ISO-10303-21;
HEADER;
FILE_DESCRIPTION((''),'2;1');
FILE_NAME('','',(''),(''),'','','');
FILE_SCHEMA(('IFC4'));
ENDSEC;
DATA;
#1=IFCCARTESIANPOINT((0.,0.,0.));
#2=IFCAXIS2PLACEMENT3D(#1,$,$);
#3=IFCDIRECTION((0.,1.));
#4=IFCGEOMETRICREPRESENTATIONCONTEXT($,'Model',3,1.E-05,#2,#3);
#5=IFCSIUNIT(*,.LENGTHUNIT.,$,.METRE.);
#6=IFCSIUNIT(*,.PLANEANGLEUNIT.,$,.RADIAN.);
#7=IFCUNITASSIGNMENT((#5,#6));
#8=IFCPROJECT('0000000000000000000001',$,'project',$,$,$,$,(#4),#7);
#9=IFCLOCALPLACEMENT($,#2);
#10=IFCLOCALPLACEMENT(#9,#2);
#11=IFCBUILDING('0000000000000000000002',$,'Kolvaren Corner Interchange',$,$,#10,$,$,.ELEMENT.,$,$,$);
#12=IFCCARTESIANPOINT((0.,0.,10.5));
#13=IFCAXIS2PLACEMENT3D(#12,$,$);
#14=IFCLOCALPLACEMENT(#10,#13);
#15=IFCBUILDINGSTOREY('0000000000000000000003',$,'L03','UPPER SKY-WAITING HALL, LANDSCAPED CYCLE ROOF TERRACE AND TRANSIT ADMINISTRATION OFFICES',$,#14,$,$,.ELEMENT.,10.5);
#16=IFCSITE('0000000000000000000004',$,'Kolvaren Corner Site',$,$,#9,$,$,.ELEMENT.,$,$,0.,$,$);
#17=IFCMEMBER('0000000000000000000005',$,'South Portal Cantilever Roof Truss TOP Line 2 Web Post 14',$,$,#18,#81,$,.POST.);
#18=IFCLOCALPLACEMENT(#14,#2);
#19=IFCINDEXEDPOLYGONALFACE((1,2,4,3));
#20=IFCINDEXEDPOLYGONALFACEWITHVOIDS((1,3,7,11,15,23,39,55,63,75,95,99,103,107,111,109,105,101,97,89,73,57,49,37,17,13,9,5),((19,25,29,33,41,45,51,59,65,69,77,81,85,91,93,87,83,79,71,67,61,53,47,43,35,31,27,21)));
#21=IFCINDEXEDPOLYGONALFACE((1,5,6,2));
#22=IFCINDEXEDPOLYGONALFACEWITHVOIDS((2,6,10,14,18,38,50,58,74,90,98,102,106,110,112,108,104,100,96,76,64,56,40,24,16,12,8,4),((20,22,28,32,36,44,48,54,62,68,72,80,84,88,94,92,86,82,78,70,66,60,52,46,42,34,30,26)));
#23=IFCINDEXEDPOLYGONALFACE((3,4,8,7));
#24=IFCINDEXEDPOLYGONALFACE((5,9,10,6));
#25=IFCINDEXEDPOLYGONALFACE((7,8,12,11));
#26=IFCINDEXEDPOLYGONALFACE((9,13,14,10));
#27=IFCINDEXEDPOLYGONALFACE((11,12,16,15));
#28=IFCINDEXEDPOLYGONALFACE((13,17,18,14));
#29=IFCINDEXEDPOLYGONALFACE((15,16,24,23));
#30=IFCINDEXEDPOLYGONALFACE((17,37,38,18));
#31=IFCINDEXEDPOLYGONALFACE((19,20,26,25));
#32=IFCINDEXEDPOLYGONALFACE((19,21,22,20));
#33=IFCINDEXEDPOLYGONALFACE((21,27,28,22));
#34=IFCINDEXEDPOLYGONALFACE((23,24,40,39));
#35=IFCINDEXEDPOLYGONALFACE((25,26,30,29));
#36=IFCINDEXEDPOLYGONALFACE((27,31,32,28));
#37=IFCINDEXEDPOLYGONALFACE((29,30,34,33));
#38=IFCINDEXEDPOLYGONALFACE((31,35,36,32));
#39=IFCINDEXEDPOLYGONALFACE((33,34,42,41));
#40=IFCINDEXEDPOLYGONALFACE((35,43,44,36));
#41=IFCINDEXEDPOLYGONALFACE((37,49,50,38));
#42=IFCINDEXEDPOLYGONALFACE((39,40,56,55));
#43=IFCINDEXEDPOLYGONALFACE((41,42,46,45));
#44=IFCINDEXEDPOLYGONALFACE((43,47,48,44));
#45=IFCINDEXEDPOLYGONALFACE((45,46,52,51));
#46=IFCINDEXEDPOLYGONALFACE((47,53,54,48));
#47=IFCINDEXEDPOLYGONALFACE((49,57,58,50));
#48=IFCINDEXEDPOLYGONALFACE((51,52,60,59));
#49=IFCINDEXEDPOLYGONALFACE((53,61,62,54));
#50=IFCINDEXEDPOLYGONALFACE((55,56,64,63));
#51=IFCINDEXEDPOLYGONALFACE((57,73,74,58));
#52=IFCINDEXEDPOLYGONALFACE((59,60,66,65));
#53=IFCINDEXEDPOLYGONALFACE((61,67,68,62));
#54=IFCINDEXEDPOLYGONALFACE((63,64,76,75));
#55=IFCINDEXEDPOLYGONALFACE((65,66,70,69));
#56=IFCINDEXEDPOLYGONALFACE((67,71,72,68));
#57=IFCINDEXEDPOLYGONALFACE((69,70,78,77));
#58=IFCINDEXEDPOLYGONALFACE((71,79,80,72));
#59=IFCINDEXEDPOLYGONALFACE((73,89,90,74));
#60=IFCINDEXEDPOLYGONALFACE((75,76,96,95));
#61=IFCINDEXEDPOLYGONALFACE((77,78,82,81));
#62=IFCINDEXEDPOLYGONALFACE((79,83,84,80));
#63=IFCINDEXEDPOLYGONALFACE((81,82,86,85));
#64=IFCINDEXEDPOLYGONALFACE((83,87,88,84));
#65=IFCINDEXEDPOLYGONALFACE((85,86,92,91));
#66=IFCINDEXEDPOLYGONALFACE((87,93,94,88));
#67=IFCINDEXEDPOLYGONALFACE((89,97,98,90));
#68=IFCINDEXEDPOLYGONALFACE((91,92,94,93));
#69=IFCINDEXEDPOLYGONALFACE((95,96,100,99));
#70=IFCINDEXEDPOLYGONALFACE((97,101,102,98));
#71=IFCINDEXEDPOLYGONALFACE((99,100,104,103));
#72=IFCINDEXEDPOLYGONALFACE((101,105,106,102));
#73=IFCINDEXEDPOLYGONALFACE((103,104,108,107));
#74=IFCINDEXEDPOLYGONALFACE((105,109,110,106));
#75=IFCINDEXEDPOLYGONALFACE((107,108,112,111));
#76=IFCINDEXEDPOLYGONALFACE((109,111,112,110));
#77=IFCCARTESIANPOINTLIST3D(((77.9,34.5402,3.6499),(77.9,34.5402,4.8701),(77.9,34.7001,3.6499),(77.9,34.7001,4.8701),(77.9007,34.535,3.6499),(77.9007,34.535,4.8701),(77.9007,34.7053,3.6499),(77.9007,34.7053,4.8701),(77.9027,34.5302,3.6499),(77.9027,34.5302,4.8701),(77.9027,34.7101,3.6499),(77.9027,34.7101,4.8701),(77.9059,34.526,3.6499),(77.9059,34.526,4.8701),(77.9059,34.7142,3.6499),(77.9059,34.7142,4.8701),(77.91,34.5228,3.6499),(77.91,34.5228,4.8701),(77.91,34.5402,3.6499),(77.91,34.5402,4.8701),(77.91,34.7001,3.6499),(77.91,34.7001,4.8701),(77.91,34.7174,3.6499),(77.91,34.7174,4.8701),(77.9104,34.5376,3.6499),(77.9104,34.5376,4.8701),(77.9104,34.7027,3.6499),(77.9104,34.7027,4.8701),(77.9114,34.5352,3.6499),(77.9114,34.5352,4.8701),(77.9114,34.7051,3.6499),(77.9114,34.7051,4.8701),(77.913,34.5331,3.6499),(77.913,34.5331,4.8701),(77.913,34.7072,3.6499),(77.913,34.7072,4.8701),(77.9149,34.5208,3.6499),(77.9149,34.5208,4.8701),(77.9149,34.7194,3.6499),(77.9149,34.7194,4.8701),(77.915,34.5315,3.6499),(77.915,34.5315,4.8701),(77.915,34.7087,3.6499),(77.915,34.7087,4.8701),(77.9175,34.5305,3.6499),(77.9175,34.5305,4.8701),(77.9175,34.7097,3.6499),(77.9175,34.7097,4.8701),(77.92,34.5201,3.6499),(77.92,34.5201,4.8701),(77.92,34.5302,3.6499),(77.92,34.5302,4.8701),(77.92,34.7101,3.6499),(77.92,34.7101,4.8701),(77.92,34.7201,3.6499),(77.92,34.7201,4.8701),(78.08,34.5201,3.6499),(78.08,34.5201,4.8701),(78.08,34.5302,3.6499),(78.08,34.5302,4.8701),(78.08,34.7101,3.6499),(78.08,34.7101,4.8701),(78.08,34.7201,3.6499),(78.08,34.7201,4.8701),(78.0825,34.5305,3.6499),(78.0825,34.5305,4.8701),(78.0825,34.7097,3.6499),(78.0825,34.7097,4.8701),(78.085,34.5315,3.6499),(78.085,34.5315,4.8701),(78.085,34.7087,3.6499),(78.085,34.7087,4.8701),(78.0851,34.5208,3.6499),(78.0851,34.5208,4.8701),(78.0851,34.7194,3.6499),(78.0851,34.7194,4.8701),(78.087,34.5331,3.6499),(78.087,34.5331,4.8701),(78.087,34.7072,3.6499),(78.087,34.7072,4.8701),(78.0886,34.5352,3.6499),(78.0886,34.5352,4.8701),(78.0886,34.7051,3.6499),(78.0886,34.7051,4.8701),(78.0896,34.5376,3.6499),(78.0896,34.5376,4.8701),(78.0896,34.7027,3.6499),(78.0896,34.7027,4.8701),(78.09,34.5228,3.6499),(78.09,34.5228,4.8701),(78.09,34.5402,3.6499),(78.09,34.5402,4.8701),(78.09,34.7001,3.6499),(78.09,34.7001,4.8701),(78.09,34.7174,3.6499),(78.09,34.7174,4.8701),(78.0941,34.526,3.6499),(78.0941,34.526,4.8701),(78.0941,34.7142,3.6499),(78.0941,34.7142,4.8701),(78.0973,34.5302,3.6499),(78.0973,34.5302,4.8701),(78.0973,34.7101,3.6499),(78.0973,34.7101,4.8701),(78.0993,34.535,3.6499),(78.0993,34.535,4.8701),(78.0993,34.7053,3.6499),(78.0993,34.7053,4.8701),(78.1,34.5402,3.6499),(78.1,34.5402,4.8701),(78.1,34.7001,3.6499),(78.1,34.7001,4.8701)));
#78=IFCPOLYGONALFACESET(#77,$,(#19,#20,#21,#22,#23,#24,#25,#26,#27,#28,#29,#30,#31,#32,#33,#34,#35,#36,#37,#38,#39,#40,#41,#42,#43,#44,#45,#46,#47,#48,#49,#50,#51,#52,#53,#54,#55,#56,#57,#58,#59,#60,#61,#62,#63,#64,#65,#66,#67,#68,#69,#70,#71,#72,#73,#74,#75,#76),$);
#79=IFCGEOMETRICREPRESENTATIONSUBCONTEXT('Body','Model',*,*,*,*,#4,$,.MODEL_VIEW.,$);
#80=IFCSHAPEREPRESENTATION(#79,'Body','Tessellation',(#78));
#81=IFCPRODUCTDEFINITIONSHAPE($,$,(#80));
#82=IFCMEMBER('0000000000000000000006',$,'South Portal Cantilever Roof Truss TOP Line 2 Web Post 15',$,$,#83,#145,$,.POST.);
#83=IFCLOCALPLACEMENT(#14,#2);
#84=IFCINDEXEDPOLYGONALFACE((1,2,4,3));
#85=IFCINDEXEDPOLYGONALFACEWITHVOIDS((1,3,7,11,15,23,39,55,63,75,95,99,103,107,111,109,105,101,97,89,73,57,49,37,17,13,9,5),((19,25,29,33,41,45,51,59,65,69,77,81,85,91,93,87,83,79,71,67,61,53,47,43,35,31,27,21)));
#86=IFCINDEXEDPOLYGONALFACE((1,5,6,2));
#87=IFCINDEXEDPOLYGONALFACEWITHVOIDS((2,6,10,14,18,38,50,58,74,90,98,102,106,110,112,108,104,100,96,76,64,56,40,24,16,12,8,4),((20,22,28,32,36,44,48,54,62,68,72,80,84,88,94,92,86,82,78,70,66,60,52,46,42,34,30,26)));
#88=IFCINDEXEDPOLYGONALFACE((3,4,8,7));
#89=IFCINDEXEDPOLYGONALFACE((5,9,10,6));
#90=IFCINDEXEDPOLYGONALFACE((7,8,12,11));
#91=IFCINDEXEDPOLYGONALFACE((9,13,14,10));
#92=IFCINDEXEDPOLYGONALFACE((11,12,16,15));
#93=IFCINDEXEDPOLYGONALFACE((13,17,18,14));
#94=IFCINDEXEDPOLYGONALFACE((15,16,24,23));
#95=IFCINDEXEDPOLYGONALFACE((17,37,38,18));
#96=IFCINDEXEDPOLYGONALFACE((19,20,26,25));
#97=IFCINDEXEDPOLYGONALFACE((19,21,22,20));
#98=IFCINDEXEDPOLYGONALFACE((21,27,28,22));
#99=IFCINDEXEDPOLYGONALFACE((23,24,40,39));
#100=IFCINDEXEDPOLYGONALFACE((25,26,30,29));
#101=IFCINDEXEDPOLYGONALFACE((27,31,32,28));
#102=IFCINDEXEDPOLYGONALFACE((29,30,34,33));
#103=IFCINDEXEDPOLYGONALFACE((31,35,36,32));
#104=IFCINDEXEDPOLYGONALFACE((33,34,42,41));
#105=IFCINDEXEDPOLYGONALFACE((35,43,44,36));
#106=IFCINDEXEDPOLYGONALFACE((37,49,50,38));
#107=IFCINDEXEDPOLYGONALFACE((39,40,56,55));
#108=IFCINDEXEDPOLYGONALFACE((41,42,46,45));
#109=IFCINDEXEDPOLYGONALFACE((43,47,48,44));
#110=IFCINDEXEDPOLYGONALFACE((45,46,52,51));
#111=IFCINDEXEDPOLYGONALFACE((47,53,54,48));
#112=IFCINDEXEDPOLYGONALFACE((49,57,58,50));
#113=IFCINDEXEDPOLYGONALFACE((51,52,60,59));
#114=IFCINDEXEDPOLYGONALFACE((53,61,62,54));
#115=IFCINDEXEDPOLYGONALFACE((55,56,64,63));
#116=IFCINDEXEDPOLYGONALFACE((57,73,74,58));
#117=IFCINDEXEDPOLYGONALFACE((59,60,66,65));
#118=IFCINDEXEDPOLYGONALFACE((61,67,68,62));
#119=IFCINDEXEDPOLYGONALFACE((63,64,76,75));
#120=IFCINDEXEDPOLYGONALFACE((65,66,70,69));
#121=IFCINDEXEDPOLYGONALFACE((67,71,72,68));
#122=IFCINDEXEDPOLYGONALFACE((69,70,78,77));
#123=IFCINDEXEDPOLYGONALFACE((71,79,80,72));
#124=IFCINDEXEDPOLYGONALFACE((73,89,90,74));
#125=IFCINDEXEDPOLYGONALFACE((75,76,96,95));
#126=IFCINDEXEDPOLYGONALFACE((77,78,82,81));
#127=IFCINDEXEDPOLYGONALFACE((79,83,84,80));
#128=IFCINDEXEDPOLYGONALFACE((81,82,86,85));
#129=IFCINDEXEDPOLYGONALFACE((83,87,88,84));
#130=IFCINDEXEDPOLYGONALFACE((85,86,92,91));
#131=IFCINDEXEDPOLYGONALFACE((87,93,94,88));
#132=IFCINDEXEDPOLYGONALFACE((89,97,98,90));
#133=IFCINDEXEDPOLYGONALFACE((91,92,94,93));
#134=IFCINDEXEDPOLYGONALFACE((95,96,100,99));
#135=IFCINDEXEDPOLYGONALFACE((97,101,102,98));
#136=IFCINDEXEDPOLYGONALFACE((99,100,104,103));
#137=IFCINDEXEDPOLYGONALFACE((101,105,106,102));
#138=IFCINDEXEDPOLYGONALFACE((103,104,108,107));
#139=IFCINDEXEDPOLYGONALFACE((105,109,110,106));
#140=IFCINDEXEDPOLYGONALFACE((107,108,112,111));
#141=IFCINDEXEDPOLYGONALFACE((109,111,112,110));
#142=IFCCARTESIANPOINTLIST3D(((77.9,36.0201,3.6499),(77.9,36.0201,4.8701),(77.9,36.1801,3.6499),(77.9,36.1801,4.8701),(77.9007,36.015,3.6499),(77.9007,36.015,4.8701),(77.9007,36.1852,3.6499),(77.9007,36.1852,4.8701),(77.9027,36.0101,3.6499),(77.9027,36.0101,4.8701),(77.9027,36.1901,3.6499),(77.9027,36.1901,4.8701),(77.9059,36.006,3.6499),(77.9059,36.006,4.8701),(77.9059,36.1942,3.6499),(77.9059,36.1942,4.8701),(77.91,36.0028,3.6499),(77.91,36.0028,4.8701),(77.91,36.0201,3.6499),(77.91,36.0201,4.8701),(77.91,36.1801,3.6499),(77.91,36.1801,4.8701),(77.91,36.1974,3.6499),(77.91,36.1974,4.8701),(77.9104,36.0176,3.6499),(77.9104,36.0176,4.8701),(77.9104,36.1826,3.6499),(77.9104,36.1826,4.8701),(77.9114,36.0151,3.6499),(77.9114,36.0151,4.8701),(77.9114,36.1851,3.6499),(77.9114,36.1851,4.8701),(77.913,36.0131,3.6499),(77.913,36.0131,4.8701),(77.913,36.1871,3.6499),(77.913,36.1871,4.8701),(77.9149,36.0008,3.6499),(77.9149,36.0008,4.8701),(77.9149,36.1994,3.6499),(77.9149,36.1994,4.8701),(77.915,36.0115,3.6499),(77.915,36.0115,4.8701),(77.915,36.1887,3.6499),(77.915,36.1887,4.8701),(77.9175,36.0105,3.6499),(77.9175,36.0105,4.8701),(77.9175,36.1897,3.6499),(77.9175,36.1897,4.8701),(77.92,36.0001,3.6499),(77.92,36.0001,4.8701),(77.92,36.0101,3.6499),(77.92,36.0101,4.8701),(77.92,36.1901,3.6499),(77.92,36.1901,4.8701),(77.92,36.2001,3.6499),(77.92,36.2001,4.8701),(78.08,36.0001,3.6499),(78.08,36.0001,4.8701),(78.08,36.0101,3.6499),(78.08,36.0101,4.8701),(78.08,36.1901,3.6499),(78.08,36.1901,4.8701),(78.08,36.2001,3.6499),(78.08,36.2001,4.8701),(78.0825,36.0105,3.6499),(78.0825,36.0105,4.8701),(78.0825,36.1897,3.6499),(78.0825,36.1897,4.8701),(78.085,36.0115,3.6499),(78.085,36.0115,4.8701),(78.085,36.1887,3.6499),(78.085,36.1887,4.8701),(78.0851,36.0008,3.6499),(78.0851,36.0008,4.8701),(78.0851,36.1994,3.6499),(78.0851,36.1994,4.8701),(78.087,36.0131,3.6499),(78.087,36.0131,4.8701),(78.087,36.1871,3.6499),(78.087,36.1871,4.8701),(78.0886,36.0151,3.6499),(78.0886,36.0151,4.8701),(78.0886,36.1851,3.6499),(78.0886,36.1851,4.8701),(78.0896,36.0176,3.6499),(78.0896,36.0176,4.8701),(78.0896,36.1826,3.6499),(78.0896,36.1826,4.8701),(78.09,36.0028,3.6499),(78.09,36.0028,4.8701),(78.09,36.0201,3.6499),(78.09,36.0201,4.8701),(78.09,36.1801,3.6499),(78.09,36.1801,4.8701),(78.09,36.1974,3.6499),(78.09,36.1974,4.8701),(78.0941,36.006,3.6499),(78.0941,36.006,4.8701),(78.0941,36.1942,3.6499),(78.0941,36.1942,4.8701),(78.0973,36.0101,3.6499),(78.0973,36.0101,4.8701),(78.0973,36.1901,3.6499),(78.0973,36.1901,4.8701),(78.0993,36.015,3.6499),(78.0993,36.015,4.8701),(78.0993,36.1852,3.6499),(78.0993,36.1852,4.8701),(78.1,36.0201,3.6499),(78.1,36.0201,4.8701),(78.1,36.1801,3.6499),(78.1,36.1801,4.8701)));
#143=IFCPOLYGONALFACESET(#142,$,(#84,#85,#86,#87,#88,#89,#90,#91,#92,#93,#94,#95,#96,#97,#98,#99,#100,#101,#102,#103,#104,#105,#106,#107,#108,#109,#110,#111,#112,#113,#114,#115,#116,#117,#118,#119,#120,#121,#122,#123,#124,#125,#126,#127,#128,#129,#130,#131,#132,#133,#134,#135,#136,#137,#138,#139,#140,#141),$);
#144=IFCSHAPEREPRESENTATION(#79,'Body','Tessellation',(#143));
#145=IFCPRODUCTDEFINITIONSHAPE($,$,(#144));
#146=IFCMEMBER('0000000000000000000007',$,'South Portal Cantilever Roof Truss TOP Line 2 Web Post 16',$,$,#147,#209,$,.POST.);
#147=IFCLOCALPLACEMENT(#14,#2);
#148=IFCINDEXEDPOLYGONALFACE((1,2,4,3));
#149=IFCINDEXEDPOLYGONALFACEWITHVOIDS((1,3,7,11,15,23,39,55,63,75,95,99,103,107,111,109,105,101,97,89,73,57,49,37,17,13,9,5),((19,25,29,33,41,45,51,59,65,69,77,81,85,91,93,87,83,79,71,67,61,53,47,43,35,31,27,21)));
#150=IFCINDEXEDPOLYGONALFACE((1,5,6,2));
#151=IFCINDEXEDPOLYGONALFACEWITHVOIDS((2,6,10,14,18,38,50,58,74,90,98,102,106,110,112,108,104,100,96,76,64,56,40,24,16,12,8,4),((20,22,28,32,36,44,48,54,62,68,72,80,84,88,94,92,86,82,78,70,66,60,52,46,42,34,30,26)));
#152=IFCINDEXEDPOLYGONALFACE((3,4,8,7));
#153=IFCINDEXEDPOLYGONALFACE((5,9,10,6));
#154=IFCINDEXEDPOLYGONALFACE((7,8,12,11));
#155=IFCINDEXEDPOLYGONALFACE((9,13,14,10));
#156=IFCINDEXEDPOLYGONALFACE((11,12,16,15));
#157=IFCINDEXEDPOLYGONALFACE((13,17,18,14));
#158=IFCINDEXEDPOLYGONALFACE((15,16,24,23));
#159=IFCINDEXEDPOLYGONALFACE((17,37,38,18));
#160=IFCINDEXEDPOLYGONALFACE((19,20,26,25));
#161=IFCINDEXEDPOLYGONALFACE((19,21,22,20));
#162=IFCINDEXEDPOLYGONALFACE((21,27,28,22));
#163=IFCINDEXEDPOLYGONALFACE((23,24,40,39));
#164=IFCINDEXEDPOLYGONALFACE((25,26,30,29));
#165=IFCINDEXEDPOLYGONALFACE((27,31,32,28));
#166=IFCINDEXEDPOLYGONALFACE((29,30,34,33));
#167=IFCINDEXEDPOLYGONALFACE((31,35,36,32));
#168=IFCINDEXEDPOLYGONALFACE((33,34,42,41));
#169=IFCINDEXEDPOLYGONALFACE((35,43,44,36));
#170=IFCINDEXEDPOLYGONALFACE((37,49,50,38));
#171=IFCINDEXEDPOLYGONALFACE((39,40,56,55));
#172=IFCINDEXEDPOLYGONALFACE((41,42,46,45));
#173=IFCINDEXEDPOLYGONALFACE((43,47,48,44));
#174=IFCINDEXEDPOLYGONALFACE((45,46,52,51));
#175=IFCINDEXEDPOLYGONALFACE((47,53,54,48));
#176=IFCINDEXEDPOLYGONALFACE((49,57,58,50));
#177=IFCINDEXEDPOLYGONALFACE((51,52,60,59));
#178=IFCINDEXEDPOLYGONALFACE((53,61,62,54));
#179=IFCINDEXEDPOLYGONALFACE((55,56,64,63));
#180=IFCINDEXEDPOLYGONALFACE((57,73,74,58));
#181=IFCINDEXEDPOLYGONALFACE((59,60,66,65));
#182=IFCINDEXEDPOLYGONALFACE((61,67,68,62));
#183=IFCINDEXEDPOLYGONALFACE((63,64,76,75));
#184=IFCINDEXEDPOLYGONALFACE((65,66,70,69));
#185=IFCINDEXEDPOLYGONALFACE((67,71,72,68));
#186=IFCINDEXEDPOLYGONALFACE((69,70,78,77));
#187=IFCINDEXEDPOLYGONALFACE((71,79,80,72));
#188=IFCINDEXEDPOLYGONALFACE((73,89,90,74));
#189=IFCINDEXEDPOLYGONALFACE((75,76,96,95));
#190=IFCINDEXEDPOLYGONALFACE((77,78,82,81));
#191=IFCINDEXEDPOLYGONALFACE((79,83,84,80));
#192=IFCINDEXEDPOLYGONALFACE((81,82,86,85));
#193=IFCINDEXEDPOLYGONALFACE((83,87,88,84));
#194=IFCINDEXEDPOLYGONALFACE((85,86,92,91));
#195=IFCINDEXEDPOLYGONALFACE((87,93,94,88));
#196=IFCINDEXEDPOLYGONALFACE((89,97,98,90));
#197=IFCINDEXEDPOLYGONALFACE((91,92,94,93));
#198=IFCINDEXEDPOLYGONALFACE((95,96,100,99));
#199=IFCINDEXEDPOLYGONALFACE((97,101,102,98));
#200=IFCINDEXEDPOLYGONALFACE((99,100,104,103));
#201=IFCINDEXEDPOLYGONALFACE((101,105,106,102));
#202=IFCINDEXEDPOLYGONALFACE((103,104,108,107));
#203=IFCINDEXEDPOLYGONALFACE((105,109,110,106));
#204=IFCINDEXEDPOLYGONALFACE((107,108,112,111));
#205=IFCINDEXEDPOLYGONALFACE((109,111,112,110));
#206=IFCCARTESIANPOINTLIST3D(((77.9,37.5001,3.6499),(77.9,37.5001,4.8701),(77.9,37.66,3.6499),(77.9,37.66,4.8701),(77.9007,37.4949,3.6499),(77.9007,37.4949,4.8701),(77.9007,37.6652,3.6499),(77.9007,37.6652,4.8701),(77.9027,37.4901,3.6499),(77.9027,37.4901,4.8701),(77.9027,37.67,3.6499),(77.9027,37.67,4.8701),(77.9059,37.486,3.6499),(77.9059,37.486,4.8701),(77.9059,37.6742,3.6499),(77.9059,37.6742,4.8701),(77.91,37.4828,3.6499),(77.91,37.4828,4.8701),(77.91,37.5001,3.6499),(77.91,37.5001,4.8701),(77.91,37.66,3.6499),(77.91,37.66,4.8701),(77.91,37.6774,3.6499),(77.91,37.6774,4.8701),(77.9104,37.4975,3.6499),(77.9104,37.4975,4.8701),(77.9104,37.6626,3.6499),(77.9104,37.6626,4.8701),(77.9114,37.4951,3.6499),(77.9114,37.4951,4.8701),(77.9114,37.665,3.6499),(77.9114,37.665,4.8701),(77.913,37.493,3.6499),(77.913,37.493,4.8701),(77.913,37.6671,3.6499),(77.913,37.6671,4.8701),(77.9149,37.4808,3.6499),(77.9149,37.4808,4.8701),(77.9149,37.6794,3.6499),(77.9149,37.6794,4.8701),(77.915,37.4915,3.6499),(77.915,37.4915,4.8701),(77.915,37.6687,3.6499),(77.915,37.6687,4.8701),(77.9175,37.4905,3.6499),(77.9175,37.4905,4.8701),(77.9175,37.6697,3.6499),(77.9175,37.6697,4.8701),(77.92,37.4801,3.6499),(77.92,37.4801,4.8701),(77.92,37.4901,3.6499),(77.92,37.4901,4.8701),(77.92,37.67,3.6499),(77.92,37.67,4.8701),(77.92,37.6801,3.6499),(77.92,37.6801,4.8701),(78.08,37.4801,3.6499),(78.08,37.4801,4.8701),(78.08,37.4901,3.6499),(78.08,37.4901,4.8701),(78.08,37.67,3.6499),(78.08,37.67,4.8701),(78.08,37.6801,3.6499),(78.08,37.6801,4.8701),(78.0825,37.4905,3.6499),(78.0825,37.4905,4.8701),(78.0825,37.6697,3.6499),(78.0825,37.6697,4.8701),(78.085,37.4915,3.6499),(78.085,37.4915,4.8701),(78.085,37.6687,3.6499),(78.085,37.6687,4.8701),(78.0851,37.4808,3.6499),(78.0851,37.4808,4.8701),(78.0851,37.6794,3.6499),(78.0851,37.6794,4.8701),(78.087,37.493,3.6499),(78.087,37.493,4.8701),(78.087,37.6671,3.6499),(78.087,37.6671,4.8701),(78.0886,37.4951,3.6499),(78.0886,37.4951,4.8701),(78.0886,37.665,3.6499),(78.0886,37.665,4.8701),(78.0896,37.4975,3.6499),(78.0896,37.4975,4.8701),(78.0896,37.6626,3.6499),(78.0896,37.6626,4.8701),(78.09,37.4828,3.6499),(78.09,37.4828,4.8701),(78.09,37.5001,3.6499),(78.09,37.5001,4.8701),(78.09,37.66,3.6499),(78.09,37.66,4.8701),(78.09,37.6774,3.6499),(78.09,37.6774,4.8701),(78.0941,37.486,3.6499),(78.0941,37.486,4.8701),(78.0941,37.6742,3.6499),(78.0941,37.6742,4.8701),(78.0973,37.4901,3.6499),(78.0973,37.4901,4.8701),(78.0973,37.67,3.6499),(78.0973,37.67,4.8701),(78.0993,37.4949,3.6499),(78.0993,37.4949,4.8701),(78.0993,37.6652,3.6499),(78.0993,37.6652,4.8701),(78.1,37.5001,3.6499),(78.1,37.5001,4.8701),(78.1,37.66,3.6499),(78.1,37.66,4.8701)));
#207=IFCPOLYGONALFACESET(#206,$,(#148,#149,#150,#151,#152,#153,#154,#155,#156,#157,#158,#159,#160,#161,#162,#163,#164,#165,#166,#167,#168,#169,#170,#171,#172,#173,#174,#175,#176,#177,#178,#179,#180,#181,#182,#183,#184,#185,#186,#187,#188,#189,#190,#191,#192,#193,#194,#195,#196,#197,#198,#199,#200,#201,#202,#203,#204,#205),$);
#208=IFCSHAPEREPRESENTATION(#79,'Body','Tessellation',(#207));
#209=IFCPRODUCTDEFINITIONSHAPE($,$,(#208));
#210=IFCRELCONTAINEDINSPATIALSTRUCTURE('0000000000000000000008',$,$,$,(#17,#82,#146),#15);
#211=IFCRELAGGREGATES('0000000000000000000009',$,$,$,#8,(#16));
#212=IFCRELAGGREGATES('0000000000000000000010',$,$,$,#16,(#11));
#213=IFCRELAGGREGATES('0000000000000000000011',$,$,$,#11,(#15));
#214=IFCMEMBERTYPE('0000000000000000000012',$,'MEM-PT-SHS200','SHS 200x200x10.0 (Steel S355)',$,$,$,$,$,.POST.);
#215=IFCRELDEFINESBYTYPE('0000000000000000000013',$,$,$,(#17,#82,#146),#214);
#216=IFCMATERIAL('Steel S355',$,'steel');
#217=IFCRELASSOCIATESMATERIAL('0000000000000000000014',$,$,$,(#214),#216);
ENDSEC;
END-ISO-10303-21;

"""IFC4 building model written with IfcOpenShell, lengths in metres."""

from ifc_helpers import new_model, si_unit, direction, frame, origin, origin_2d, place, context, subcontext, project, spatial, hollow_rectangle, extrude, material, material_profile, profile_set, type_object, element, save


model = new_model("IFC4")

# Units and contexts
model_context = context("Model", 3, precision=1e-05, world=origin(), true_north=direction((0.0, 1.0)))
body_context = subcontext(model_context, "Body", "Model", "MODEL_VIEW")
ifc_project = project(units=[si_unit("LENGTHUNIT", "METRE"), si_unit("PLANEANGLEUNIT", "RADIAN")], contexts=[model_context])

# Site, building, storey
site_placement = place(None, origin())
site = spatial("IfcSite", under=ifc_project, at=site_placement, Name="Kolvaren Corner Site", CompositionType="ELEMENT", RefElevation=0.0)
building_placement = place(site_placement, origin())
building = spatial("IfcBuilding", under=site, at=building_placement, Name="Kolvaren Corner Interchange", CompositionType="ELEMENT")
storey_placement = place(building_placement, frame((0.0, 0.0, 10.5)))
storey = spatial("IfcBuildingStorey", under=building, at=storey_placement, Name="L03", Description="UPPER SKY-WAITING HALL, LANDSCAPED CYCLE ROOF TERRACE AND TRANSIT ADMINISTRATION OFFICES", CompositionType="ELEMENT", Elevation=10.5)

# Members
ifc_material_1 = material(Name="Steel S355", Category="steel")
ifc_material_profile_1 = material_profile(ifc_material_1, hollow_rectangle(XDim=0.2, YDim=0.2, WallThickness=0.01, InnerFilletRadius=0.01, OuterFilletRadius=0.02, at=origin_2d()), Name="SHS 200x200x10.0")
ifc_profile_set_1 = profile_set([ifc_material_profile_1], Name="Steel S355")
member_type_1 = type_object("IfcMemberType", Name="MEM-PT-SHS200", Description="SHS 200x200x10.0 (Steel S355)", PredefinedType="POST", material=ifc_profile_set_1)
for number, where, z_axis, x_axis, name in (
    (1, (78.0, 34.6201, 3.6499), (0.0, 0.0, 1.0), (1.0, 0.0, 0.0), "South Portal Cantilever Roof Truss TOP Line 2 Web Post 14"),
    (2, (78.0, 36.1001, 3.6499), (0.0, 0.0, 1.0), (1.0, 0.0, 0.0), "South Portal Cantilever Roof Truss TOP Line 2 Web Post 15"),
    (3, (78.0, 37.5801, 3.6499), (0.0, 0.0, 1.0), (1.0, 0.0, 0.0), "South Portal Cantilever Roof Truss TOP Line 2 Web Post 16"),
):
    element("IfcMember", number, at=place(storey_placement, frame(where, z_axis=z_axis, x_axis=x_axis)), inside=storey, type_object=member_type_1, Name=name, PredefinedType="POST", context=body_context, shape_type="SweptSolid", body=[
        extrude(hollow_rectangle(XDim=0.2, YDim=0.2, WallThickness=0.01, InnerFilletRadius=0.01, OuterFilletRadius=0.02, at=origin_2d()), origin(), (0.0, 0.0, 1.0), 1.2202),
    ])

save(model, "model.ifc")
